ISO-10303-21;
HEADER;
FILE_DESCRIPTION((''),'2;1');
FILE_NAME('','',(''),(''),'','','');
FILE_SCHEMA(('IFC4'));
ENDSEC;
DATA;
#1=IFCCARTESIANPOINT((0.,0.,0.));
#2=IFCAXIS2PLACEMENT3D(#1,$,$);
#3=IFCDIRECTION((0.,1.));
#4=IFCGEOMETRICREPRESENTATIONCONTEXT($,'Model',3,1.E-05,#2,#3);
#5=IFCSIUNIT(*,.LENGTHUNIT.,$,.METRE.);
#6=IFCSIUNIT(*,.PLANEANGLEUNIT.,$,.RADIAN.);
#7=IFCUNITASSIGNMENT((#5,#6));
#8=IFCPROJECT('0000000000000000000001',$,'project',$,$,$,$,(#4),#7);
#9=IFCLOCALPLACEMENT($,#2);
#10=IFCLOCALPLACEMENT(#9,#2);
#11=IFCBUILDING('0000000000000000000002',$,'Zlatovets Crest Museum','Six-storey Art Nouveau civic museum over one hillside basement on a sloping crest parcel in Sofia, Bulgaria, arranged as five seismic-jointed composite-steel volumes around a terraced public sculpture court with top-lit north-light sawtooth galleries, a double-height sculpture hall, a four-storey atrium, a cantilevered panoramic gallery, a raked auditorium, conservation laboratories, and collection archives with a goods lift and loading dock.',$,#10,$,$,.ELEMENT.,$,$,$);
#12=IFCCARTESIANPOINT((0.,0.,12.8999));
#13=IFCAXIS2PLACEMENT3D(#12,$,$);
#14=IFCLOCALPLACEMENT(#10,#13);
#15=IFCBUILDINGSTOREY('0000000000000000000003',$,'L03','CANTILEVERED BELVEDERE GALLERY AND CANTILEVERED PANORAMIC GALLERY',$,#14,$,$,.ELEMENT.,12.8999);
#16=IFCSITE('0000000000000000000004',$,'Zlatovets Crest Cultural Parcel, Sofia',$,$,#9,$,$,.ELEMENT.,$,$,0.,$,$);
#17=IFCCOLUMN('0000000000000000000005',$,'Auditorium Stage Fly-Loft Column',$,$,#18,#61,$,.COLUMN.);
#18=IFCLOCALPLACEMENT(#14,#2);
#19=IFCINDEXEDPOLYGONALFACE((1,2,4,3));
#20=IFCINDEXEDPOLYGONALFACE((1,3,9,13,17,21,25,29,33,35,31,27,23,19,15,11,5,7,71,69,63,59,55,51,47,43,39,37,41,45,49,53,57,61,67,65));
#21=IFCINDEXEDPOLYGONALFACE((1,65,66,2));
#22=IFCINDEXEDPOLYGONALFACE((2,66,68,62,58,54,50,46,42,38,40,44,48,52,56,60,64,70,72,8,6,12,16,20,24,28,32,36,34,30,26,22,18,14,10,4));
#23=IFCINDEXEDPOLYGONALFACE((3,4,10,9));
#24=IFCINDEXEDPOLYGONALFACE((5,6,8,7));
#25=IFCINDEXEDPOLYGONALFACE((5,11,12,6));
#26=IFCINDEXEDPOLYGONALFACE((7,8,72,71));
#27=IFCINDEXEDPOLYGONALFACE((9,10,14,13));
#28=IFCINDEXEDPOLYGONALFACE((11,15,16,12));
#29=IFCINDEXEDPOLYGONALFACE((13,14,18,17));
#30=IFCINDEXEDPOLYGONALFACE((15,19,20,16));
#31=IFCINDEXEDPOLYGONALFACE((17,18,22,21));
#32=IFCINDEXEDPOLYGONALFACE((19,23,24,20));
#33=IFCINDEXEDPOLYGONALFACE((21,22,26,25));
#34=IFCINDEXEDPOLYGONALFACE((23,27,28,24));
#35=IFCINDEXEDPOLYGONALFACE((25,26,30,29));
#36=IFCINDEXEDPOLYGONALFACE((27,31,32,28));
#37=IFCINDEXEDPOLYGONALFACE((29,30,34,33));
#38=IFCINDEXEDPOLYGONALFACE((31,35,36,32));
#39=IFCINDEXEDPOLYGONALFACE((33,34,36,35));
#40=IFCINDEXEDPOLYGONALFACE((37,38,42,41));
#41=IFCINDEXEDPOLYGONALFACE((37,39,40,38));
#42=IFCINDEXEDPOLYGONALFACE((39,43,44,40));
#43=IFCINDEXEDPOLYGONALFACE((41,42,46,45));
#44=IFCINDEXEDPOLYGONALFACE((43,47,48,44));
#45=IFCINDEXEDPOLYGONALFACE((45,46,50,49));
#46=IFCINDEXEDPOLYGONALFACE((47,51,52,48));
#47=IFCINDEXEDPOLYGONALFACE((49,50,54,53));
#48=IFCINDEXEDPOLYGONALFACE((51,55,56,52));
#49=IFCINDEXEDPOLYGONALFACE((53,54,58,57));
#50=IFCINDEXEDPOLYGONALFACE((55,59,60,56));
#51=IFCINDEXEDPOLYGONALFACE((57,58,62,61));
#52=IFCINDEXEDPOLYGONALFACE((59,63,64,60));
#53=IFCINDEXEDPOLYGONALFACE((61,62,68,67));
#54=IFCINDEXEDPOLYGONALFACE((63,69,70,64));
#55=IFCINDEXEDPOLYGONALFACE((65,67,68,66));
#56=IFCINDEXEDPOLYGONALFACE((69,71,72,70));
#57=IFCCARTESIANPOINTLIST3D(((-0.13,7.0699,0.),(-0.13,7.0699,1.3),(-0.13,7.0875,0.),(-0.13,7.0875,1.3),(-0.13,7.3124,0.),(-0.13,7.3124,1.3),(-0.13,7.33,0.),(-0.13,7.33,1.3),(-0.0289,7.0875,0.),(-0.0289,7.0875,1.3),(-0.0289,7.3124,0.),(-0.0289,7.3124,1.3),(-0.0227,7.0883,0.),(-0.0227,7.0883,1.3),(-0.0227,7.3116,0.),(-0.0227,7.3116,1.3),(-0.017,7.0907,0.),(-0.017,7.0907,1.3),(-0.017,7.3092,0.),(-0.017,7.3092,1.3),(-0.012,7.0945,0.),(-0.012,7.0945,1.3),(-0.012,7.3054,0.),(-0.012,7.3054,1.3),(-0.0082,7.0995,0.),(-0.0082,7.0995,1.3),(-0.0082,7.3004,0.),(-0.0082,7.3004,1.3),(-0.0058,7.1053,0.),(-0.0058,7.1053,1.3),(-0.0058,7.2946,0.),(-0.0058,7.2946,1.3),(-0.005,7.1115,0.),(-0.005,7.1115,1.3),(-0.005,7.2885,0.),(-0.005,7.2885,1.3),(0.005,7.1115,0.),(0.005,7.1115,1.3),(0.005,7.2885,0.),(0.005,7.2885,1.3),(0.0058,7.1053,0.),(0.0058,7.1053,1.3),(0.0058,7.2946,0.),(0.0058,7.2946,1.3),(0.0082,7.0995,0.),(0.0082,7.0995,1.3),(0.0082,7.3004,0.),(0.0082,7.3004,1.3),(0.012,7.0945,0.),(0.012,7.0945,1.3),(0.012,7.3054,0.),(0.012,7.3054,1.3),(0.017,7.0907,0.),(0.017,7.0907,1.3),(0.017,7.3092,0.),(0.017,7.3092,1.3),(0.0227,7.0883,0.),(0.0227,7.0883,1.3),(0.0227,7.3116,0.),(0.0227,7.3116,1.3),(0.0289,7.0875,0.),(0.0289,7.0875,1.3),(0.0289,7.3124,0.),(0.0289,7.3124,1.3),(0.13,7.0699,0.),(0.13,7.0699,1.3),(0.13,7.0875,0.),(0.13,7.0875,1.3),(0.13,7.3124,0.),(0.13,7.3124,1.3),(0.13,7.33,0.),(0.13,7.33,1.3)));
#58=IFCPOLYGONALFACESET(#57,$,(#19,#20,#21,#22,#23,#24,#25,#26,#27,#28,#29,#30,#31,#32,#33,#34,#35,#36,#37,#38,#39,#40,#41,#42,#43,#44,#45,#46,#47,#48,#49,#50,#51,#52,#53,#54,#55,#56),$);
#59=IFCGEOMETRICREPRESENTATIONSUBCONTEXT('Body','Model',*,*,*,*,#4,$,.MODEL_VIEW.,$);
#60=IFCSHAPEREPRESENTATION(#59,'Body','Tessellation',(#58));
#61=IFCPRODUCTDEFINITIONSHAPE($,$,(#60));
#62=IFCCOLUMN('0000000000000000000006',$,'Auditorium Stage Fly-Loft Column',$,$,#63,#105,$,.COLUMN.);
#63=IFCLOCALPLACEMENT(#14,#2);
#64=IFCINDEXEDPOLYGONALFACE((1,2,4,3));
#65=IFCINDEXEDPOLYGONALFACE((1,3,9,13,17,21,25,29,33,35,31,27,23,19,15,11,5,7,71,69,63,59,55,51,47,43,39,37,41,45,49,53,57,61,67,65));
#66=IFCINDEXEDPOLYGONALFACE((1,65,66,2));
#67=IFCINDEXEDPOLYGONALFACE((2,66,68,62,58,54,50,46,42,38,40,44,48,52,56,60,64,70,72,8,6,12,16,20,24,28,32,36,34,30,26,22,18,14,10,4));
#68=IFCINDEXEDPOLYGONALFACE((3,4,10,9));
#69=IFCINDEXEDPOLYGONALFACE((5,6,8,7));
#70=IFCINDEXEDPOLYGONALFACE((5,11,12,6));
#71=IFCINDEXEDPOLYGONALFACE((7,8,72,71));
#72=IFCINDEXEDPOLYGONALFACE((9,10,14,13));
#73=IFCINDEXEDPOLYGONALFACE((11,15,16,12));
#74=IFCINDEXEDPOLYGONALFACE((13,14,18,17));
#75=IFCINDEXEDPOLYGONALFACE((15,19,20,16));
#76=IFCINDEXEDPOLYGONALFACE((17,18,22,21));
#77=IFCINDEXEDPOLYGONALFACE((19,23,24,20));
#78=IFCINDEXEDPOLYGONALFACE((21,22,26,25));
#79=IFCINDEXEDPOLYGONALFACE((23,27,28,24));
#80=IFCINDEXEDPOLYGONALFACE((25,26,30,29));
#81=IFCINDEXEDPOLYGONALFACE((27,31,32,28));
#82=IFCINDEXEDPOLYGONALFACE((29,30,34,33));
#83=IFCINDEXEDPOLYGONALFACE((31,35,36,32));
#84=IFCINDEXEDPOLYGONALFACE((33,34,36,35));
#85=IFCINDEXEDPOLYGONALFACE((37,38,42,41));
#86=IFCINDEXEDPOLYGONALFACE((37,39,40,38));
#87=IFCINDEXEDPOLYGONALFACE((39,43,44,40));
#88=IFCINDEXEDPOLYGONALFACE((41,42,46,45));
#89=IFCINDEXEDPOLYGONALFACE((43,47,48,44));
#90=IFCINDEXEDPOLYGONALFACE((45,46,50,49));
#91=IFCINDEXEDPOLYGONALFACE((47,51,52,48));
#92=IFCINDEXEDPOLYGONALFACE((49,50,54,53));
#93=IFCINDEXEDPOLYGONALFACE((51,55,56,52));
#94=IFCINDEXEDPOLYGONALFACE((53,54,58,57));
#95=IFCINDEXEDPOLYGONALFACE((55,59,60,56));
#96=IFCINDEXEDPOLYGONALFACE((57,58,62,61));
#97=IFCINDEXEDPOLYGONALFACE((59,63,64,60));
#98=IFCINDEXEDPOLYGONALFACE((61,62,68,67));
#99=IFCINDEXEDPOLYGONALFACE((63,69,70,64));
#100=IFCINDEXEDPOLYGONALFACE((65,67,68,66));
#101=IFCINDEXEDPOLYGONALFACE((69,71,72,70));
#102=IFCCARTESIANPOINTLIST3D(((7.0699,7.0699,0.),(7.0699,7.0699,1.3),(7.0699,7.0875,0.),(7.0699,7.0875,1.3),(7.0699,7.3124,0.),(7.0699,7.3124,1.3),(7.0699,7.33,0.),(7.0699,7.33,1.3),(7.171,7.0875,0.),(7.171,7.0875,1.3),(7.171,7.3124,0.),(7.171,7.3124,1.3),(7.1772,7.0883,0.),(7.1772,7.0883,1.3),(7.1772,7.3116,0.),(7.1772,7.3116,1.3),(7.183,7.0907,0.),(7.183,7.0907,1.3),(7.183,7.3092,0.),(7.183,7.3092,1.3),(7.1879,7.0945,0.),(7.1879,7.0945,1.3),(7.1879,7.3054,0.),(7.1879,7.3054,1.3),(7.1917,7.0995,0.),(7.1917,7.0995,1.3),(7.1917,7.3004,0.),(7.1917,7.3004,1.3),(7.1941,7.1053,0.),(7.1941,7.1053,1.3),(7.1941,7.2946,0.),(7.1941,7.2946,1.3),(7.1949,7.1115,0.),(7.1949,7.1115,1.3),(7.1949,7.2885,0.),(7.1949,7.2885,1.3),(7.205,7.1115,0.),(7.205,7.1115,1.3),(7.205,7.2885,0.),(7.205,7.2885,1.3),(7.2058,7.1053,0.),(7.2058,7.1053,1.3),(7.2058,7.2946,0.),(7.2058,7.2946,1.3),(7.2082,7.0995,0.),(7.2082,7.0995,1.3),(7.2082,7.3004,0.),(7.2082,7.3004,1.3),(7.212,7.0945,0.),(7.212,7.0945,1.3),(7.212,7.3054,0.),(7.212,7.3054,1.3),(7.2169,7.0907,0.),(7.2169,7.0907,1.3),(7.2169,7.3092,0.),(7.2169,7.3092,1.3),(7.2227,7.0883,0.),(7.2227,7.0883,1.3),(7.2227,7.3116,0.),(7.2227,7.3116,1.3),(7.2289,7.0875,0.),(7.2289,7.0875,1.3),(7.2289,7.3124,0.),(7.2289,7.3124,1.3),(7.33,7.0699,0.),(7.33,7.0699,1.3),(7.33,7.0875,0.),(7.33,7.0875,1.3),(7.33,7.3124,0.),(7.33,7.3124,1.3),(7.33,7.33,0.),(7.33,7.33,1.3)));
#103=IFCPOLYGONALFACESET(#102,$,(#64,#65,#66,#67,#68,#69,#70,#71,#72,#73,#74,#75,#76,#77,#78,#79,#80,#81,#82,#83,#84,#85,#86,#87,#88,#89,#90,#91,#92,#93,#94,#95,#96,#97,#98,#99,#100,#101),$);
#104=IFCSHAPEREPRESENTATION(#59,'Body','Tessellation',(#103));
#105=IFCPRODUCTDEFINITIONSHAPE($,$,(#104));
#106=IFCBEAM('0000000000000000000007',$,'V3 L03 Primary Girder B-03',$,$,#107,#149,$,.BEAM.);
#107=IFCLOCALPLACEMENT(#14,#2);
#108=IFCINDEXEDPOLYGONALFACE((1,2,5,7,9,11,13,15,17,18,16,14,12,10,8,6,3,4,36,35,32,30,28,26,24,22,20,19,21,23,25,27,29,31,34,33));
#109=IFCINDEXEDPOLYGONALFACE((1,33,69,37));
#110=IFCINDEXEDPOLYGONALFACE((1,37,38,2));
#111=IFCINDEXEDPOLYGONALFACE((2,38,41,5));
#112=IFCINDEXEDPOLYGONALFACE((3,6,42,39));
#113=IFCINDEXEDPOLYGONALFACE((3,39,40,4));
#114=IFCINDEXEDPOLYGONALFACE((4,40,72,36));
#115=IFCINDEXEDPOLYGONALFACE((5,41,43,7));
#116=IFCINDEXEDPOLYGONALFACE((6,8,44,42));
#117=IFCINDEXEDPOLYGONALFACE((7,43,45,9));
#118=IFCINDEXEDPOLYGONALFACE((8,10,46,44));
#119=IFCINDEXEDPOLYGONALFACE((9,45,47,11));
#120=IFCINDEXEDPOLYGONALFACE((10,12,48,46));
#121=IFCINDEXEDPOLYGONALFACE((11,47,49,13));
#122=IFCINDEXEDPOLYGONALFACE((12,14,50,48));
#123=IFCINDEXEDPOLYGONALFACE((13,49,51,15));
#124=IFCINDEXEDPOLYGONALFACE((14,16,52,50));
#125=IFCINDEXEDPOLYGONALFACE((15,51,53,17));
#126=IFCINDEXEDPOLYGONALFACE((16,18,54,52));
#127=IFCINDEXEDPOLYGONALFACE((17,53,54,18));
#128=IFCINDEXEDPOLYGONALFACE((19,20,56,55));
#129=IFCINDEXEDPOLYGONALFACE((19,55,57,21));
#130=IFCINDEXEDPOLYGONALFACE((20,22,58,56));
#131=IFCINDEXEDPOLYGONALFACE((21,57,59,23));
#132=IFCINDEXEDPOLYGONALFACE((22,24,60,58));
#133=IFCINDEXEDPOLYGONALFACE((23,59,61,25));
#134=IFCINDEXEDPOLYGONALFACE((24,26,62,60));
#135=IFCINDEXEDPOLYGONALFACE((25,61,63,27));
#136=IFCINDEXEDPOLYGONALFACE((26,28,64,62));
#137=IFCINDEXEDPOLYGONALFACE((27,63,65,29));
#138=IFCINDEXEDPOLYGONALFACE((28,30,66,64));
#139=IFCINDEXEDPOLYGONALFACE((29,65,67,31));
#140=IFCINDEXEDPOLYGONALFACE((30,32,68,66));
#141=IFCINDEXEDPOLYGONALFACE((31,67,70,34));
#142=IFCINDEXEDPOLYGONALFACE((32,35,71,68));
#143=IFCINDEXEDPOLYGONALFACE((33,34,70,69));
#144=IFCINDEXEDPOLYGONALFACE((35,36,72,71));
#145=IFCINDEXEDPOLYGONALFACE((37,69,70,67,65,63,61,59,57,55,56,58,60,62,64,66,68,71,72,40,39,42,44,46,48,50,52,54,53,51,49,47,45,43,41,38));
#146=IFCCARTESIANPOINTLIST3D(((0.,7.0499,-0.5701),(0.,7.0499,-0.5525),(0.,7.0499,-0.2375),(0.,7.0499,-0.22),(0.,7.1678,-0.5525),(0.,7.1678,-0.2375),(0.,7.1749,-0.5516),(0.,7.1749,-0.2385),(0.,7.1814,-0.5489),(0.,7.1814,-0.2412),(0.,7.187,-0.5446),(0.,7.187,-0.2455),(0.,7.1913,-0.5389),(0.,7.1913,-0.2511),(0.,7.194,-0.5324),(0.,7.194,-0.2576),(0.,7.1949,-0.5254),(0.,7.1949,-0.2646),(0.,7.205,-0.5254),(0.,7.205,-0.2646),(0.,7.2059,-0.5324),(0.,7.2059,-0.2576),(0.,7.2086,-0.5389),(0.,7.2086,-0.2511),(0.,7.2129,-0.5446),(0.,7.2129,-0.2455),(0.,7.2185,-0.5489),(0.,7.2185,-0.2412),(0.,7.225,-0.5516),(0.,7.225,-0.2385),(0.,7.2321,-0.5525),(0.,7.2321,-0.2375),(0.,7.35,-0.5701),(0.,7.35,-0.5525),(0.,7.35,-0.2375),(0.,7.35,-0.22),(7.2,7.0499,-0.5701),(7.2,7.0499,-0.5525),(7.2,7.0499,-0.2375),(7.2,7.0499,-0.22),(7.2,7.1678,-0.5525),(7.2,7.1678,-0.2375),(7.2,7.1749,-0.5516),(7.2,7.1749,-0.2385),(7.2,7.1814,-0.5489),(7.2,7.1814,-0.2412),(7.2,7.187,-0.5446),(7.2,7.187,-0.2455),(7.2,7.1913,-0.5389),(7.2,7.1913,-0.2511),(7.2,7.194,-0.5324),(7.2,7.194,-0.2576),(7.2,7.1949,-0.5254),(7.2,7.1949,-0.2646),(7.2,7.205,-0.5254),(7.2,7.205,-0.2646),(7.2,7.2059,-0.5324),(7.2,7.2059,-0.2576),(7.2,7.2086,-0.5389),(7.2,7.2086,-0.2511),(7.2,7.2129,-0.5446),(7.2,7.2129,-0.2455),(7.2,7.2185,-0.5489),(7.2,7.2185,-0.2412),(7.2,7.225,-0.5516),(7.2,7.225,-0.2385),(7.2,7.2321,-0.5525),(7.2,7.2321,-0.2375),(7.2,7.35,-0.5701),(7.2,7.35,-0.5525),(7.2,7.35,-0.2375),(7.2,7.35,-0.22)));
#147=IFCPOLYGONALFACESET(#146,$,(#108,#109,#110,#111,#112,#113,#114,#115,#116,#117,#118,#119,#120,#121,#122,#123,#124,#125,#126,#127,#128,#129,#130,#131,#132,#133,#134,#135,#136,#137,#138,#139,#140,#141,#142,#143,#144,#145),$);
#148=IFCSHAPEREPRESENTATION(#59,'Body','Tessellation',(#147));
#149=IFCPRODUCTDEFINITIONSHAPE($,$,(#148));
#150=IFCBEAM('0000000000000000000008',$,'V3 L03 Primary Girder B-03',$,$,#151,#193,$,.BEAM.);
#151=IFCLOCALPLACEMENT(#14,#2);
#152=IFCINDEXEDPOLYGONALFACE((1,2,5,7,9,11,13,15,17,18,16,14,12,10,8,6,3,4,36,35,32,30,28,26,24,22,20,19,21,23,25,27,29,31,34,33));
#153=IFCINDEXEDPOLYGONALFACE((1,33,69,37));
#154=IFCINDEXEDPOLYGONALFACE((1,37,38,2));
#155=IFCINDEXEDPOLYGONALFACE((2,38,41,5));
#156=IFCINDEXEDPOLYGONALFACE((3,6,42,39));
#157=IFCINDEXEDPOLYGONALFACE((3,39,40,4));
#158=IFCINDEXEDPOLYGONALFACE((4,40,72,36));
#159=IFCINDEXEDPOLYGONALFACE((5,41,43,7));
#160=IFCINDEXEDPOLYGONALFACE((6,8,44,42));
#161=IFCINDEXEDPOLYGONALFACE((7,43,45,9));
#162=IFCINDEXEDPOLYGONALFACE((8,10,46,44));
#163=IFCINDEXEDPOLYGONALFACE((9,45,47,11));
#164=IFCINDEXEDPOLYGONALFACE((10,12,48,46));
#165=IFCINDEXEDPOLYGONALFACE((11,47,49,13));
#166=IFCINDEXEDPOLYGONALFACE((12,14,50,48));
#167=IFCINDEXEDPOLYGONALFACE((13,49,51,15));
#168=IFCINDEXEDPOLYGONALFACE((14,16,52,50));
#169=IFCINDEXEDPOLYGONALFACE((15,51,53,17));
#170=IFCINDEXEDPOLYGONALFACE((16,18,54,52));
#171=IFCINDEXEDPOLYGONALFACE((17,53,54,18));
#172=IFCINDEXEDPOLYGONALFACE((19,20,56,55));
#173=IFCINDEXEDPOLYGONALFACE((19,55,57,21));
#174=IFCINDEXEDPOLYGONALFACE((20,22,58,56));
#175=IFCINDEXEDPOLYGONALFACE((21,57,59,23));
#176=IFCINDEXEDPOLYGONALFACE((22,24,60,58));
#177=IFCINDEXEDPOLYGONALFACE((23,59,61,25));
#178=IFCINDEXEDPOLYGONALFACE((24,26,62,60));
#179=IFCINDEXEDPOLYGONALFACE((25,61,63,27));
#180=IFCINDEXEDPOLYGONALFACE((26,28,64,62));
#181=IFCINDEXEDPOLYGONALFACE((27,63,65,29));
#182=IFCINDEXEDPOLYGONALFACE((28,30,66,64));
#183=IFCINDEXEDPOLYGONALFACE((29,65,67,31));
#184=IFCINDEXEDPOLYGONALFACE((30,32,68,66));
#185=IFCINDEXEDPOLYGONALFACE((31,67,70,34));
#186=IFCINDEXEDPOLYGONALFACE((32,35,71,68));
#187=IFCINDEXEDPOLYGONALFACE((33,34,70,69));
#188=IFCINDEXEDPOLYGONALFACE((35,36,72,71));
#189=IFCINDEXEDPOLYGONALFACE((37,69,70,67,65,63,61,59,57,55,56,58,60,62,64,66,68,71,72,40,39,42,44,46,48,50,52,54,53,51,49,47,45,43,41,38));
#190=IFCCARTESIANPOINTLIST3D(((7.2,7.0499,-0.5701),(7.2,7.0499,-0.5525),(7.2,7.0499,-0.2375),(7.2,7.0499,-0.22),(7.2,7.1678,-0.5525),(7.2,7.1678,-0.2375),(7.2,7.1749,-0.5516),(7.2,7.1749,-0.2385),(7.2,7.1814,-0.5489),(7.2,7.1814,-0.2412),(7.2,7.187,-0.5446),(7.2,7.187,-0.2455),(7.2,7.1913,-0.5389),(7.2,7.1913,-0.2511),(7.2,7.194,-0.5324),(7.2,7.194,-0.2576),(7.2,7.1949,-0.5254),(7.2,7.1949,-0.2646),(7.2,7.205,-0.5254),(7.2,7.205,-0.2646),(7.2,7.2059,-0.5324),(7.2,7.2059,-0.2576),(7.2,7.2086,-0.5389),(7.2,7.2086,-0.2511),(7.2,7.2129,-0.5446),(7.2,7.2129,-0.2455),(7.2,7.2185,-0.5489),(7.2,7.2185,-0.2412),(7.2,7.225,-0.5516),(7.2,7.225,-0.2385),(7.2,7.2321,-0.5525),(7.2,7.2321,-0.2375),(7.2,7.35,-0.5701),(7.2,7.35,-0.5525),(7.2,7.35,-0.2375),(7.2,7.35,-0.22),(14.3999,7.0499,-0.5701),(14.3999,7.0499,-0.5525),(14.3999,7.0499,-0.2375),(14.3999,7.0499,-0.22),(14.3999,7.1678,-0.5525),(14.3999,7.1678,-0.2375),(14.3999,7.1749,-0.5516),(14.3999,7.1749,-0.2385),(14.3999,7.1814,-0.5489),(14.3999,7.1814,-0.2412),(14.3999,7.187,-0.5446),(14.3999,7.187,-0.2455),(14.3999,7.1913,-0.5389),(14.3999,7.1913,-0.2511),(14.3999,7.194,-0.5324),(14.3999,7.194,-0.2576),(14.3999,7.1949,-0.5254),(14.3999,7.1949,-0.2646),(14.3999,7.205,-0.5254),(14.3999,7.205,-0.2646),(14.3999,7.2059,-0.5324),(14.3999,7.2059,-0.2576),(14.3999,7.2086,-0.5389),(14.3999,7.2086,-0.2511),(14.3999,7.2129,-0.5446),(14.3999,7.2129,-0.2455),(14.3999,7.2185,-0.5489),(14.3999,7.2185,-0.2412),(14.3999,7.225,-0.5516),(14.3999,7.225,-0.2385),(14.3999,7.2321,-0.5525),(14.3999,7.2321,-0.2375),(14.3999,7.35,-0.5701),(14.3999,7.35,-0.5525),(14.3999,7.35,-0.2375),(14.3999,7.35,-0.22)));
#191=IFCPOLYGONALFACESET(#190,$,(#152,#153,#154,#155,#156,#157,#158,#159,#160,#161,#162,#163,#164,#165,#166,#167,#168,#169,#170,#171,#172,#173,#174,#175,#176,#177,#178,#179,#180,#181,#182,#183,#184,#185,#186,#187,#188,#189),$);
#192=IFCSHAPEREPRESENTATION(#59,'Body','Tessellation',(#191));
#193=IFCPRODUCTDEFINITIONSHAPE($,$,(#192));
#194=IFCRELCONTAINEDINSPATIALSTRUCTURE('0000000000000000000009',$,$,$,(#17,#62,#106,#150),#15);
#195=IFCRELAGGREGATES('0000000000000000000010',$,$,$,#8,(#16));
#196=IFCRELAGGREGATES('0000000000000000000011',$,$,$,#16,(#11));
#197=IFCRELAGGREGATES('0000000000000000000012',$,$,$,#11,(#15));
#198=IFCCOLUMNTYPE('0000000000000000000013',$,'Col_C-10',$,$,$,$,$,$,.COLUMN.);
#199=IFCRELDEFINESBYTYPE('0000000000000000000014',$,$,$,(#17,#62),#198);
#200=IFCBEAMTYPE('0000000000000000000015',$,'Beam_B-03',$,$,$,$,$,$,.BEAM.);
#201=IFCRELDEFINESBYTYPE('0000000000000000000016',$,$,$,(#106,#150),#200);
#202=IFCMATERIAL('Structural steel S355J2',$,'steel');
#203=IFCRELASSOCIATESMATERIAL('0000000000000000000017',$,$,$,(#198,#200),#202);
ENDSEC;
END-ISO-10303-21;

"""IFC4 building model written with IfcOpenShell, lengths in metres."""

from ifc_helpers import new_model, si_unit, direction, frame, origin, origin_2d, place, context, subcontext, project, spatial, i_section, extrude, material, material_profile, profile_set, type_object, element, save


model = new_model("IFC4")

# Units and contexts
model_context = context("Model", 3, precision=1e-05, world=origin(), true_north=direction((0.0, 1.0)))
body_context = subcontext(model_context, "Body", "Model", "MODEL_VIEW")
ifc_project = project(units=[si_unit("LENGTHUNIT", "METRE"), si_unit("PLANEANGLEUNIT", "RADIAN")], contexts=[model_context])

# Site, building, storey
site_placement = place(None, origin())
site = spatial("IfcSite", under=ifc_project, at=site_placement, Name="Zlatovets Crest Cultural Parcel, Sofia", CompositionType="ELEMENT", RefElevation=0.0)
building_placement = place(site_placement, origin())
building = spatial("IfcBuilding", under=site, at=building_placement, Name="Zlatovets Crest Museum", Description="Six-storey Art Nouveau civic museum over one hillside basement on a sloping crest parcel in Sofia, Bulgaria, arranged as five seismic-jointed composite-steel volumes around a terraced public sculpture court with top-lit north-light sawtooth galleries, a double-height sculpture hall, a four-storey atrium, a cantilevered panoramic gallery, a raked auditorium, conservation laboratories, and collection archives with a goods lift and loading dock.", CompositionType="ELEMENT")
storey_placement = place(building_placement, frame((0.0, 0.0, 12.8999)))
storey = spatial("IfcBuildingStorey", under=building, at=storey_placement, Name="L03", Description="CANTILEVERED BELVEDERE GALLERY AND CANTILEVERED PANORAMIC GALLERY", CompositionType="ELEMENT", Elevation=12.8999)

# Columns
ifc_material_1 = material(Name="Structural steel S355J2", Category="steel")
ifc_material_profile_1 = material_profile(ifc_material_1, i_section(OverallWidth=0.26, OverallDepth=0.26, WebThickness=0.01, FlangeThickness=0.0176, FilletRadius=0.0239, at=origin_2d()), Name="HEB 260")
ifc_profile_set_1 = profile_set([ifc_material_profile_1], Name="Structural steel S355J2")
column_type = type_object("IfcColumnType", Name="Col_C-10", PredefinedType="COLUMN", material=ifc_profile_set_1)
for number, where, z_axis, x_axis, name in (
    (1, (0.0, 7.2, 0.0), (0.0, 0.0, 1.0), (1.0, 0.0, 0.0), "Auditorium Stage Fly-Loft Column"),
    (2, (7.2, 7.2, 0.0), (0.0, 0.0, 1.0), (1.0, 0.0, 0.0), "Auditorium Stage Fly-Loft Column"),
):
    element("IfcColumn", number, at=place(storey_placement, frame(where, z_axis=z_axis, x_axis=x_axis)), inside=storey, type_object=column_type, Name=name, PredefinedType="COLUMN", context=body_context, shape_type="SweptSolid", body=[
        extrude(i_section(OverallWidth=0.26, OverallDepth=0.26, WebThickness=0.01, FlangeThickness=0.0176, FilletRadius=0.0239, at=origin_2d()), origin(), (0.0, 0.0, 1.0), 1.3),
    ])

# Beams
ifc_material_profile_2 = material_profile(ifc_material_1, i_section(OverallWidth=0.3, OverallDepth=0.3501, WebThickness=0.01, FlangeThickness=0.0176, FilletRadius=0.0271, at=origin_2d()), Name="HEA 360")
ifc_profile_set_2 = profile_set([ifc_material_profile_2], Name="Structural steel S355J2")
beam_type_1 = type_object("IfcBeamType", Name="Beam_B-03", PredefinedType="BEAM", material=ifc_profile_set_2)
for number, where, z_axis, x_axis, name in (
    (3, (0.0, 7.2, -0.395), (1.0, 0.0, 0.0), (0.0, 1.0, 0.0), "V3 L03 Primary Girder B-03"),
    (4, (7.2, 7.2, -0.395), (1.0, 0.0, 0.0), (0.0, 1.0, 0.0), "V3 L03 Primary Girder B-03"),
):
    element("IfcBeam", number, at=place(storey_placement, frame(where, z_axis=z_axis, x_axis=x_axis)), inside=storey, type_object=beam_type_1, Name=name, PredefinedType="BEAM", context=body_context, shape_type="SweptSolid", body=[
        extrude(i_section(OverallWidth=0.3, OverallDepth=0.3501, WebThickness=0.01, FlangeThickness=0.0176, FilletRadius=0.0271, at=origin_2d()), origin(), (0.0, 0.0, 1.0), 7.2),
    ])

save(model, "model.ifc")
